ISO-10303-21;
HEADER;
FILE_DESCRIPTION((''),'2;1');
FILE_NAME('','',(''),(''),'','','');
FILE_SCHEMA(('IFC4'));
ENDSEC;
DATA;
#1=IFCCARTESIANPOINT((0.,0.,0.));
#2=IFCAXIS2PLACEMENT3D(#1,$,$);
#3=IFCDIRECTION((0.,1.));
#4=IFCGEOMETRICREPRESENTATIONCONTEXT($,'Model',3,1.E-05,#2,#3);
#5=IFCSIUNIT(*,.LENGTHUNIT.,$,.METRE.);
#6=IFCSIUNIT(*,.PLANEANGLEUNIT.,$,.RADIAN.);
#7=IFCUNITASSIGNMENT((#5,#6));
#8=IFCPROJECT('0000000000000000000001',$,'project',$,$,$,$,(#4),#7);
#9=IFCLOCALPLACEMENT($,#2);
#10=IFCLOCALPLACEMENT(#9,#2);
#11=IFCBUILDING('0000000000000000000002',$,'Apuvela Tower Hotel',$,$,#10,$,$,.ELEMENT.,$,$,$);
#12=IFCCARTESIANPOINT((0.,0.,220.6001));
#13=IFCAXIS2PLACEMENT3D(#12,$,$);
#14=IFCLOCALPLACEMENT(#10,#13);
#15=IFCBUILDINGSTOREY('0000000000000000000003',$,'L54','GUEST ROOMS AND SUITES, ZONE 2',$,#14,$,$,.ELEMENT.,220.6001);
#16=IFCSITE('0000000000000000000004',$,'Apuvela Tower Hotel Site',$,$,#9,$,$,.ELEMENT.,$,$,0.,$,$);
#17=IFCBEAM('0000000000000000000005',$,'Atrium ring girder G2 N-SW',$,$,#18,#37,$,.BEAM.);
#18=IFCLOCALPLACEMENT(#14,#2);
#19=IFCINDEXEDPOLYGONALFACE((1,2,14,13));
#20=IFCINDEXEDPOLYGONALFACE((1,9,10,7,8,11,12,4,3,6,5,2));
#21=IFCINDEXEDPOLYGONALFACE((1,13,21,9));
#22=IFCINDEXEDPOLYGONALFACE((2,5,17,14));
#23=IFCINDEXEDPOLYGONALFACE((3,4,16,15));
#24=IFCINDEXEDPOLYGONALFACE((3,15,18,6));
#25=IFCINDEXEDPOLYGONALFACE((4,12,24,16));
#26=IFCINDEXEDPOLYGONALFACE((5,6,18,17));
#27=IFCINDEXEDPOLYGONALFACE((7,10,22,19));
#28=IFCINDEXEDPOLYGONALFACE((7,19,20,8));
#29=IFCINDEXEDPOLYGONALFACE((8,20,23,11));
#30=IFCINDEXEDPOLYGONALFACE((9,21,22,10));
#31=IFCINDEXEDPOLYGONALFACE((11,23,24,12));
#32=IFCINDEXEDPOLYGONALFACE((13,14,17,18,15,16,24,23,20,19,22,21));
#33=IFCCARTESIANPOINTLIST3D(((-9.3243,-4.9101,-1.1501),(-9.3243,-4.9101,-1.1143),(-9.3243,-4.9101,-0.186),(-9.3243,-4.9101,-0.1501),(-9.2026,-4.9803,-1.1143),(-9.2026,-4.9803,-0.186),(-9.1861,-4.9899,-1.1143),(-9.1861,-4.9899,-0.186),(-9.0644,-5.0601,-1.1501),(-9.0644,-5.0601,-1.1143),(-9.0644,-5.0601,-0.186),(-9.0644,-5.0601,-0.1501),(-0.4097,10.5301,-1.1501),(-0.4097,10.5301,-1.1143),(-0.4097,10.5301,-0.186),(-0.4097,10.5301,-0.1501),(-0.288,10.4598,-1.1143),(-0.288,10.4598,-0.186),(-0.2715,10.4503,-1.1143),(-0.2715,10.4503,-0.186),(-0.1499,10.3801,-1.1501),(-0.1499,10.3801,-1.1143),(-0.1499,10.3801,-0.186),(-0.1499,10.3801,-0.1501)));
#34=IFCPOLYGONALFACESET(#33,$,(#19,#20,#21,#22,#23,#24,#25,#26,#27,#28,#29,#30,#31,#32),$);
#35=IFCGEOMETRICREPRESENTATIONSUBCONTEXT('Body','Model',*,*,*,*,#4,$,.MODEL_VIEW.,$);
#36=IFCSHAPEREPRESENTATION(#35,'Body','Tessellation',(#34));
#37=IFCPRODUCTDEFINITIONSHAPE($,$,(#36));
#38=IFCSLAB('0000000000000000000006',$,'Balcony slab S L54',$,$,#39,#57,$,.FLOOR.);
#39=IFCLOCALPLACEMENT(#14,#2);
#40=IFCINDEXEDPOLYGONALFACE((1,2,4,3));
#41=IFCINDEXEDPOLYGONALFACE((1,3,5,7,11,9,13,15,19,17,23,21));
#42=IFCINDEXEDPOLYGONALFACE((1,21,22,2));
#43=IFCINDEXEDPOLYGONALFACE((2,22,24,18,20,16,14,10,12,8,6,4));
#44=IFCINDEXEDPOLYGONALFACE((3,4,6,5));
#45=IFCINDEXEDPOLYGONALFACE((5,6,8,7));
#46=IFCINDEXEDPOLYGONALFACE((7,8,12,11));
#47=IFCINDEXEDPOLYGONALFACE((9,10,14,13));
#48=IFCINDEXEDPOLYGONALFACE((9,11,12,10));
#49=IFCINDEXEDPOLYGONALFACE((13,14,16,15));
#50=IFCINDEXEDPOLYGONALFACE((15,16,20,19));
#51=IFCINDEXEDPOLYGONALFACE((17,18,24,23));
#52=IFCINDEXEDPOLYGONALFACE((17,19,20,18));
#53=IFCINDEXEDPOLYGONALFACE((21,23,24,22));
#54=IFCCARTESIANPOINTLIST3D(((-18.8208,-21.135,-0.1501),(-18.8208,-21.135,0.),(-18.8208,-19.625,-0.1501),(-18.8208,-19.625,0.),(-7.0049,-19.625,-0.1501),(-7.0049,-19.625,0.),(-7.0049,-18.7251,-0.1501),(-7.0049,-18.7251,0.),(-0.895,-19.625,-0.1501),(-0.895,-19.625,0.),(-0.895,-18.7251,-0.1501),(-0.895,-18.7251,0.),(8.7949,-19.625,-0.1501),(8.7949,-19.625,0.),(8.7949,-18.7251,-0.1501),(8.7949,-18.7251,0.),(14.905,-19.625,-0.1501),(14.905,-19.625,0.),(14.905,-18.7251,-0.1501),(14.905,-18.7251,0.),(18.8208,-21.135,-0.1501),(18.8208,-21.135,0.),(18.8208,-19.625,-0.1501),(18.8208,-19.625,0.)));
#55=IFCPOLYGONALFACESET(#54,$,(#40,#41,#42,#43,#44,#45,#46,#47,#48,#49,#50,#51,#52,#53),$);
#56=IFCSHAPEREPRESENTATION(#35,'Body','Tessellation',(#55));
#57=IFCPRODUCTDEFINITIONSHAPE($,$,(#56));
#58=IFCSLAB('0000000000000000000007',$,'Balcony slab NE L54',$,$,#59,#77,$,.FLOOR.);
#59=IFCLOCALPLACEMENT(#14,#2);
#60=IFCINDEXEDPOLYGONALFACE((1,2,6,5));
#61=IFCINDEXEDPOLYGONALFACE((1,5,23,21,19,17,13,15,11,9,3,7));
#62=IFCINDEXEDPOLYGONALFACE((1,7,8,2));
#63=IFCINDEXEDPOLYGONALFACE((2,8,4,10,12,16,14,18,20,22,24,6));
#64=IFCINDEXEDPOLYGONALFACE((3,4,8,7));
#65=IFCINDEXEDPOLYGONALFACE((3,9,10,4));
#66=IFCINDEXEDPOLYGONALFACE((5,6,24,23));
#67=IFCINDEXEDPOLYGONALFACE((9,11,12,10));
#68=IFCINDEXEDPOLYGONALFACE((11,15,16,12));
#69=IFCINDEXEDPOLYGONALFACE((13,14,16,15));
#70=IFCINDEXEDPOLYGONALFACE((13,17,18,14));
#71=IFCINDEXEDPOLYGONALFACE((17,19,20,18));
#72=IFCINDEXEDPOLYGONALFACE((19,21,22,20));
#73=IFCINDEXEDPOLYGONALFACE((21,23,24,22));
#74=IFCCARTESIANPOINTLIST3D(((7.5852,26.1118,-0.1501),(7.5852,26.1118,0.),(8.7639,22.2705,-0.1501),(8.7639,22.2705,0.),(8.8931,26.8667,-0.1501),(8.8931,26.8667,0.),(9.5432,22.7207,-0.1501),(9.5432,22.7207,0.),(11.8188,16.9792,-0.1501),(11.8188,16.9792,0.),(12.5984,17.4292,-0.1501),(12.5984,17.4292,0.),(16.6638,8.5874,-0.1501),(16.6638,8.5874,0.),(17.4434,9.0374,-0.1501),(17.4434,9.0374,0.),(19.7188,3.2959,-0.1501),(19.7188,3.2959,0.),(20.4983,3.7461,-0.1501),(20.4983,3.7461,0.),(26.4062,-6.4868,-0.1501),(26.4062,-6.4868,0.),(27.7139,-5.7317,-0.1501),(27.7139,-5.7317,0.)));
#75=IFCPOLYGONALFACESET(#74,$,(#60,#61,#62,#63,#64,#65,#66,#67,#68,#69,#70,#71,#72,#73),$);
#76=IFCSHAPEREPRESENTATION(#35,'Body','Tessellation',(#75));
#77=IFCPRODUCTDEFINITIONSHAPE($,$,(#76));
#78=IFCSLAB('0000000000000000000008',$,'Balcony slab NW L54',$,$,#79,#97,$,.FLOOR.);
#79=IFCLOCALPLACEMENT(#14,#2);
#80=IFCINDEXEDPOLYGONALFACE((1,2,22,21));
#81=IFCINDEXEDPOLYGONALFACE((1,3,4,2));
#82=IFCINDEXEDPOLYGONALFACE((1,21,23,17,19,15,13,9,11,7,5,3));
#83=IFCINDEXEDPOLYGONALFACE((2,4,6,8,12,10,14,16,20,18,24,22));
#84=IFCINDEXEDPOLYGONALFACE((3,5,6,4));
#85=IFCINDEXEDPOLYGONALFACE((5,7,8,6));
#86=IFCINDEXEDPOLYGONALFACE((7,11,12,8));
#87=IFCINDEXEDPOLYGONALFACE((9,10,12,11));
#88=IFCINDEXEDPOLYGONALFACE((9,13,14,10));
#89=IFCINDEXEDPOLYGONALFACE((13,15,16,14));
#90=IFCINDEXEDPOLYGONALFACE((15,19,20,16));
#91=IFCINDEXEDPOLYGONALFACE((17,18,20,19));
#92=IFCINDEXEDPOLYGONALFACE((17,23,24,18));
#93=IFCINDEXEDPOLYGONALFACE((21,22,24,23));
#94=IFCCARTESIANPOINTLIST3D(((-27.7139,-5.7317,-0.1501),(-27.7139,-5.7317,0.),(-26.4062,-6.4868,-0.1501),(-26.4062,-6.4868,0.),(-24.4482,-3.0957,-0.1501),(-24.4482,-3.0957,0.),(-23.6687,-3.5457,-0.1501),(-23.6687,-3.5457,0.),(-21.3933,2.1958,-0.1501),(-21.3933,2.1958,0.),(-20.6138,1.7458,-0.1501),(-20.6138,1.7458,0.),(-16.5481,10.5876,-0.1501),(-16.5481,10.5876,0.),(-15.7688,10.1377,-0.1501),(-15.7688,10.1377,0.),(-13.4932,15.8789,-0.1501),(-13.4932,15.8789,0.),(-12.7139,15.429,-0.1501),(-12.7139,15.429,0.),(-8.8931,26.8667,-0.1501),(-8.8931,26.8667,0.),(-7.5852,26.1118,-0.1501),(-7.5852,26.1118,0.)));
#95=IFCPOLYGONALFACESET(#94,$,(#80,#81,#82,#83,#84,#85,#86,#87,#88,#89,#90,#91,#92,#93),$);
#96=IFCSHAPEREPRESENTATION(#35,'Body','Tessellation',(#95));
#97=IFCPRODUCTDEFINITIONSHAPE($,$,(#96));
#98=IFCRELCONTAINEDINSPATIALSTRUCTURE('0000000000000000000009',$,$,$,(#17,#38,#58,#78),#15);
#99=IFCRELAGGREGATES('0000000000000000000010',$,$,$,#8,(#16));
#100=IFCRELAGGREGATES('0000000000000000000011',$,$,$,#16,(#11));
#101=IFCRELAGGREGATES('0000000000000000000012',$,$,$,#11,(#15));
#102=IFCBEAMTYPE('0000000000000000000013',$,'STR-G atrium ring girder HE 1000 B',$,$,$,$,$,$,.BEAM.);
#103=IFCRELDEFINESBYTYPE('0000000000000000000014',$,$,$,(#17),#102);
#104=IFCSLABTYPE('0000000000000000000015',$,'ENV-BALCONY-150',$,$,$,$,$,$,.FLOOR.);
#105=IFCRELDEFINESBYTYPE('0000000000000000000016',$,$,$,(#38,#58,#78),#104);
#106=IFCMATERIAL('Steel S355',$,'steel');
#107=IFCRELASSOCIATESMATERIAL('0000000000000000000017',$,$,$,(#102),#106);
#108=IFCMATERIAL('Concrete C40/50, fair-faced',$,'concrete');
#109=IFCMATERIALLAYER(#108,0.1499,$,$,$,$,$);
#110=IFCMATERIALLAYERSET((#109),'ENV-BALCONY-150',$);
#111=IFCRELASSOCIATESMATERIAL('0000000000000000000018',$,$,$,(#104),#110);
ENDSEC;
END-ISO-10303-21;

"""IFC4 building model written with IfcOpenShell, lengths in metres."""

from ifc_helpers import new_model, si_unit, direction, frame, origin, origin_2d, place, context, subcontext, project, spatial, polyline, i_section, outline, extrude, material, layer, layer_set, material_profile, profile_set, type_object, element, save


model = new_model("IFC4")

# Units and contexts
model_context = context("Model", 3, precision=1e-05, world=origin(), true_north=direction((0.0, 1.0)))
body_context = subcontext(model_context, "Body", "Model", "MODEL_VIEW")
ifc_project = project(units=[si_unit("LENGTHUNIT", "METRE"), si_unit("PLANEANGLEUNIT", "RADIAN")], contexts=[model_context])

# Site, building, storey
site_placement = place(None, origin())
site = spatial("IfcSite", under=ifc_project, at=site_placement, Name="Apuvela Tower Hotel Site", CompositionType="ELEMENT", RefElevation=0.0)
building_placement = place(site_placement, origin())
building = spatial("IfcBuilding", under=site, at=building_placement, Name="Apuvela Tower Hotel", CompositionType="ELEMENT")
storey_placement = place(building_placement, frame((0.0, 0.0, 220.6001)))
storey = spatial("IfcBuildingStorey", under=building, at=storey_placement, Name="L54", Description="GUEST ROOMS AND SUITES, ZONE 2", CompositionType="ELEMENT", Elevation=220.6001)

# Beam
ifc_material_1 = material(Name="Steel S355", Category="steel")
ifc_material_profile = material_profile(ifc_material_1, i_section(OverallWidth=0.3, OverallDepth=1.0, WebThickness=0.019, FlangeThickness=0.0359, at=origin_2d()), Name="HE 1000 B")
ifc_profile_set = profile_set([ifc_material_profile], Name="Steel S355")
beam_type = type_object("IfcBeamType", Name="STR-G atrium ring girder HE 1000 B", PredefinedType="BEAM", material=ifc_profile_set)
beam_placement = place(storey_placement, frame((-0.2798, 10.4551, -0.6501), z_axis=(-0.500007, -0.866022, 0.0), x_axis=(0.866022, -0.500007, 0.0)))
element("IfcBeam", 1, at=beam_placement, inside=storey, type_object=beam_type, Name="Atrium ring girder G2 N-SW", PredefinedType="BEAM", context=body_context, shape_type="SweptSolid", body=[
    extrude(i_section(OverallWidth=0.3, OverallDepth=1.0, WebThickness=0.019, FlangeThickness=0.0359, at=origin_2d()), origin(), (0.0, 0.0, 1.0), 17.8289),
])

# Slabs
ifc_material_2 = material(Name="Concrete C40/50, fair-faced", Category="concrete")
ifc_layer_1 = layer(ifc_material_2, 0.1499)
ifc_layer_set_1 = layer_set([ifc_layer_1], Name="ENV-BALCONY-150")
slab_type_1 = type_object("IfcSlabType", Name="ENV-BALCONY-150", PredefinedType="FLOOR", material=ifc_layer_set_1)
slab_1_placement = place(storey_placement, frame((0.0, 0.0, -0.1501)))
element("IfcSlab", 2, at=slab_1_placement, inside=storey, type_object=slab_type_1, Name="Balcony slab S L54", PredefinedType="FLOOR", context=body_context, shape_type="SweptSolid", body=[
    extrude(outline(polyline([(18.8208, -21.135), (-18.8208, -21.135), (-18.8208, -19.625), (-7.0049, -19.625), (-7.0049, -18.7251), (-0.895, -18.7251), (-0.895, -19.625), (8.7949, -19.625), (8.7949, -18.7251), (14.905, -18.7251), (14.905, -19.625), (18.8208, -19.625), (18.8208, -21.135)])), origin(), (0.0, 0.0, 1.0), 0.1501),
])
slab_2_placement = place(storey_placement, frame((0.0, 0.0, -0.1501)))
element("IfcSlab", 3, at=slab_2_placement, inside=storey, type_object=slab_type_1, Name="Balcony slab NE L54", PredefinedType="FLOOR", context=body_context, shape_type="SweptSolid", body=[
    extrude(outline(polyline([(17.4434, 9.0374), (12.5984, 17.4292), (11.8188, 16.9792), (8.7639, 22.2705), (9.5432, 22.7207), (7.5852, 26.1118), (8.8931, 26.8667), (27.7139, -5.7317), (26.4062, -6.4868), (20.4983, 3.7461), (19.7188, 3.2959), (16.6638, 8.5874), (17.4434, 9.0374)])), origin(), (0.0, 0.0, 1.0), 0.1501),
])
slab_3_placement = place(storey_placement, frame((0.0, 0.0, -0.1501)))
element("IfcSlab", 4, at=slab_3_placement, inside=storey, type_object=slab_type_1, Name="Balcony slab NW L54", PredefinedType="FLOOR", context=body_context, shape_type="SweptSolid", body=[
    extrude(outline(polyline([(-27.7139, -5.7317), (-8.8931, 26.8667), (-7.5852, 26.1118), (-13.4932, 15.8789), (-12.7139, 15.429), (-15.7688, 10.1377), (-16.5481, 10.5876), (-21.3933, 2.1958), (-20.6138, 1.7458), (-23.6687, -3.5457), (-24.4482, -3.0957), (-26.4062, -6.4868), (-27.7139, -5.7317)])), origin(), (0.0, 0.0, 1.0), 0.1501),
])

save(model, "model.ifc")
